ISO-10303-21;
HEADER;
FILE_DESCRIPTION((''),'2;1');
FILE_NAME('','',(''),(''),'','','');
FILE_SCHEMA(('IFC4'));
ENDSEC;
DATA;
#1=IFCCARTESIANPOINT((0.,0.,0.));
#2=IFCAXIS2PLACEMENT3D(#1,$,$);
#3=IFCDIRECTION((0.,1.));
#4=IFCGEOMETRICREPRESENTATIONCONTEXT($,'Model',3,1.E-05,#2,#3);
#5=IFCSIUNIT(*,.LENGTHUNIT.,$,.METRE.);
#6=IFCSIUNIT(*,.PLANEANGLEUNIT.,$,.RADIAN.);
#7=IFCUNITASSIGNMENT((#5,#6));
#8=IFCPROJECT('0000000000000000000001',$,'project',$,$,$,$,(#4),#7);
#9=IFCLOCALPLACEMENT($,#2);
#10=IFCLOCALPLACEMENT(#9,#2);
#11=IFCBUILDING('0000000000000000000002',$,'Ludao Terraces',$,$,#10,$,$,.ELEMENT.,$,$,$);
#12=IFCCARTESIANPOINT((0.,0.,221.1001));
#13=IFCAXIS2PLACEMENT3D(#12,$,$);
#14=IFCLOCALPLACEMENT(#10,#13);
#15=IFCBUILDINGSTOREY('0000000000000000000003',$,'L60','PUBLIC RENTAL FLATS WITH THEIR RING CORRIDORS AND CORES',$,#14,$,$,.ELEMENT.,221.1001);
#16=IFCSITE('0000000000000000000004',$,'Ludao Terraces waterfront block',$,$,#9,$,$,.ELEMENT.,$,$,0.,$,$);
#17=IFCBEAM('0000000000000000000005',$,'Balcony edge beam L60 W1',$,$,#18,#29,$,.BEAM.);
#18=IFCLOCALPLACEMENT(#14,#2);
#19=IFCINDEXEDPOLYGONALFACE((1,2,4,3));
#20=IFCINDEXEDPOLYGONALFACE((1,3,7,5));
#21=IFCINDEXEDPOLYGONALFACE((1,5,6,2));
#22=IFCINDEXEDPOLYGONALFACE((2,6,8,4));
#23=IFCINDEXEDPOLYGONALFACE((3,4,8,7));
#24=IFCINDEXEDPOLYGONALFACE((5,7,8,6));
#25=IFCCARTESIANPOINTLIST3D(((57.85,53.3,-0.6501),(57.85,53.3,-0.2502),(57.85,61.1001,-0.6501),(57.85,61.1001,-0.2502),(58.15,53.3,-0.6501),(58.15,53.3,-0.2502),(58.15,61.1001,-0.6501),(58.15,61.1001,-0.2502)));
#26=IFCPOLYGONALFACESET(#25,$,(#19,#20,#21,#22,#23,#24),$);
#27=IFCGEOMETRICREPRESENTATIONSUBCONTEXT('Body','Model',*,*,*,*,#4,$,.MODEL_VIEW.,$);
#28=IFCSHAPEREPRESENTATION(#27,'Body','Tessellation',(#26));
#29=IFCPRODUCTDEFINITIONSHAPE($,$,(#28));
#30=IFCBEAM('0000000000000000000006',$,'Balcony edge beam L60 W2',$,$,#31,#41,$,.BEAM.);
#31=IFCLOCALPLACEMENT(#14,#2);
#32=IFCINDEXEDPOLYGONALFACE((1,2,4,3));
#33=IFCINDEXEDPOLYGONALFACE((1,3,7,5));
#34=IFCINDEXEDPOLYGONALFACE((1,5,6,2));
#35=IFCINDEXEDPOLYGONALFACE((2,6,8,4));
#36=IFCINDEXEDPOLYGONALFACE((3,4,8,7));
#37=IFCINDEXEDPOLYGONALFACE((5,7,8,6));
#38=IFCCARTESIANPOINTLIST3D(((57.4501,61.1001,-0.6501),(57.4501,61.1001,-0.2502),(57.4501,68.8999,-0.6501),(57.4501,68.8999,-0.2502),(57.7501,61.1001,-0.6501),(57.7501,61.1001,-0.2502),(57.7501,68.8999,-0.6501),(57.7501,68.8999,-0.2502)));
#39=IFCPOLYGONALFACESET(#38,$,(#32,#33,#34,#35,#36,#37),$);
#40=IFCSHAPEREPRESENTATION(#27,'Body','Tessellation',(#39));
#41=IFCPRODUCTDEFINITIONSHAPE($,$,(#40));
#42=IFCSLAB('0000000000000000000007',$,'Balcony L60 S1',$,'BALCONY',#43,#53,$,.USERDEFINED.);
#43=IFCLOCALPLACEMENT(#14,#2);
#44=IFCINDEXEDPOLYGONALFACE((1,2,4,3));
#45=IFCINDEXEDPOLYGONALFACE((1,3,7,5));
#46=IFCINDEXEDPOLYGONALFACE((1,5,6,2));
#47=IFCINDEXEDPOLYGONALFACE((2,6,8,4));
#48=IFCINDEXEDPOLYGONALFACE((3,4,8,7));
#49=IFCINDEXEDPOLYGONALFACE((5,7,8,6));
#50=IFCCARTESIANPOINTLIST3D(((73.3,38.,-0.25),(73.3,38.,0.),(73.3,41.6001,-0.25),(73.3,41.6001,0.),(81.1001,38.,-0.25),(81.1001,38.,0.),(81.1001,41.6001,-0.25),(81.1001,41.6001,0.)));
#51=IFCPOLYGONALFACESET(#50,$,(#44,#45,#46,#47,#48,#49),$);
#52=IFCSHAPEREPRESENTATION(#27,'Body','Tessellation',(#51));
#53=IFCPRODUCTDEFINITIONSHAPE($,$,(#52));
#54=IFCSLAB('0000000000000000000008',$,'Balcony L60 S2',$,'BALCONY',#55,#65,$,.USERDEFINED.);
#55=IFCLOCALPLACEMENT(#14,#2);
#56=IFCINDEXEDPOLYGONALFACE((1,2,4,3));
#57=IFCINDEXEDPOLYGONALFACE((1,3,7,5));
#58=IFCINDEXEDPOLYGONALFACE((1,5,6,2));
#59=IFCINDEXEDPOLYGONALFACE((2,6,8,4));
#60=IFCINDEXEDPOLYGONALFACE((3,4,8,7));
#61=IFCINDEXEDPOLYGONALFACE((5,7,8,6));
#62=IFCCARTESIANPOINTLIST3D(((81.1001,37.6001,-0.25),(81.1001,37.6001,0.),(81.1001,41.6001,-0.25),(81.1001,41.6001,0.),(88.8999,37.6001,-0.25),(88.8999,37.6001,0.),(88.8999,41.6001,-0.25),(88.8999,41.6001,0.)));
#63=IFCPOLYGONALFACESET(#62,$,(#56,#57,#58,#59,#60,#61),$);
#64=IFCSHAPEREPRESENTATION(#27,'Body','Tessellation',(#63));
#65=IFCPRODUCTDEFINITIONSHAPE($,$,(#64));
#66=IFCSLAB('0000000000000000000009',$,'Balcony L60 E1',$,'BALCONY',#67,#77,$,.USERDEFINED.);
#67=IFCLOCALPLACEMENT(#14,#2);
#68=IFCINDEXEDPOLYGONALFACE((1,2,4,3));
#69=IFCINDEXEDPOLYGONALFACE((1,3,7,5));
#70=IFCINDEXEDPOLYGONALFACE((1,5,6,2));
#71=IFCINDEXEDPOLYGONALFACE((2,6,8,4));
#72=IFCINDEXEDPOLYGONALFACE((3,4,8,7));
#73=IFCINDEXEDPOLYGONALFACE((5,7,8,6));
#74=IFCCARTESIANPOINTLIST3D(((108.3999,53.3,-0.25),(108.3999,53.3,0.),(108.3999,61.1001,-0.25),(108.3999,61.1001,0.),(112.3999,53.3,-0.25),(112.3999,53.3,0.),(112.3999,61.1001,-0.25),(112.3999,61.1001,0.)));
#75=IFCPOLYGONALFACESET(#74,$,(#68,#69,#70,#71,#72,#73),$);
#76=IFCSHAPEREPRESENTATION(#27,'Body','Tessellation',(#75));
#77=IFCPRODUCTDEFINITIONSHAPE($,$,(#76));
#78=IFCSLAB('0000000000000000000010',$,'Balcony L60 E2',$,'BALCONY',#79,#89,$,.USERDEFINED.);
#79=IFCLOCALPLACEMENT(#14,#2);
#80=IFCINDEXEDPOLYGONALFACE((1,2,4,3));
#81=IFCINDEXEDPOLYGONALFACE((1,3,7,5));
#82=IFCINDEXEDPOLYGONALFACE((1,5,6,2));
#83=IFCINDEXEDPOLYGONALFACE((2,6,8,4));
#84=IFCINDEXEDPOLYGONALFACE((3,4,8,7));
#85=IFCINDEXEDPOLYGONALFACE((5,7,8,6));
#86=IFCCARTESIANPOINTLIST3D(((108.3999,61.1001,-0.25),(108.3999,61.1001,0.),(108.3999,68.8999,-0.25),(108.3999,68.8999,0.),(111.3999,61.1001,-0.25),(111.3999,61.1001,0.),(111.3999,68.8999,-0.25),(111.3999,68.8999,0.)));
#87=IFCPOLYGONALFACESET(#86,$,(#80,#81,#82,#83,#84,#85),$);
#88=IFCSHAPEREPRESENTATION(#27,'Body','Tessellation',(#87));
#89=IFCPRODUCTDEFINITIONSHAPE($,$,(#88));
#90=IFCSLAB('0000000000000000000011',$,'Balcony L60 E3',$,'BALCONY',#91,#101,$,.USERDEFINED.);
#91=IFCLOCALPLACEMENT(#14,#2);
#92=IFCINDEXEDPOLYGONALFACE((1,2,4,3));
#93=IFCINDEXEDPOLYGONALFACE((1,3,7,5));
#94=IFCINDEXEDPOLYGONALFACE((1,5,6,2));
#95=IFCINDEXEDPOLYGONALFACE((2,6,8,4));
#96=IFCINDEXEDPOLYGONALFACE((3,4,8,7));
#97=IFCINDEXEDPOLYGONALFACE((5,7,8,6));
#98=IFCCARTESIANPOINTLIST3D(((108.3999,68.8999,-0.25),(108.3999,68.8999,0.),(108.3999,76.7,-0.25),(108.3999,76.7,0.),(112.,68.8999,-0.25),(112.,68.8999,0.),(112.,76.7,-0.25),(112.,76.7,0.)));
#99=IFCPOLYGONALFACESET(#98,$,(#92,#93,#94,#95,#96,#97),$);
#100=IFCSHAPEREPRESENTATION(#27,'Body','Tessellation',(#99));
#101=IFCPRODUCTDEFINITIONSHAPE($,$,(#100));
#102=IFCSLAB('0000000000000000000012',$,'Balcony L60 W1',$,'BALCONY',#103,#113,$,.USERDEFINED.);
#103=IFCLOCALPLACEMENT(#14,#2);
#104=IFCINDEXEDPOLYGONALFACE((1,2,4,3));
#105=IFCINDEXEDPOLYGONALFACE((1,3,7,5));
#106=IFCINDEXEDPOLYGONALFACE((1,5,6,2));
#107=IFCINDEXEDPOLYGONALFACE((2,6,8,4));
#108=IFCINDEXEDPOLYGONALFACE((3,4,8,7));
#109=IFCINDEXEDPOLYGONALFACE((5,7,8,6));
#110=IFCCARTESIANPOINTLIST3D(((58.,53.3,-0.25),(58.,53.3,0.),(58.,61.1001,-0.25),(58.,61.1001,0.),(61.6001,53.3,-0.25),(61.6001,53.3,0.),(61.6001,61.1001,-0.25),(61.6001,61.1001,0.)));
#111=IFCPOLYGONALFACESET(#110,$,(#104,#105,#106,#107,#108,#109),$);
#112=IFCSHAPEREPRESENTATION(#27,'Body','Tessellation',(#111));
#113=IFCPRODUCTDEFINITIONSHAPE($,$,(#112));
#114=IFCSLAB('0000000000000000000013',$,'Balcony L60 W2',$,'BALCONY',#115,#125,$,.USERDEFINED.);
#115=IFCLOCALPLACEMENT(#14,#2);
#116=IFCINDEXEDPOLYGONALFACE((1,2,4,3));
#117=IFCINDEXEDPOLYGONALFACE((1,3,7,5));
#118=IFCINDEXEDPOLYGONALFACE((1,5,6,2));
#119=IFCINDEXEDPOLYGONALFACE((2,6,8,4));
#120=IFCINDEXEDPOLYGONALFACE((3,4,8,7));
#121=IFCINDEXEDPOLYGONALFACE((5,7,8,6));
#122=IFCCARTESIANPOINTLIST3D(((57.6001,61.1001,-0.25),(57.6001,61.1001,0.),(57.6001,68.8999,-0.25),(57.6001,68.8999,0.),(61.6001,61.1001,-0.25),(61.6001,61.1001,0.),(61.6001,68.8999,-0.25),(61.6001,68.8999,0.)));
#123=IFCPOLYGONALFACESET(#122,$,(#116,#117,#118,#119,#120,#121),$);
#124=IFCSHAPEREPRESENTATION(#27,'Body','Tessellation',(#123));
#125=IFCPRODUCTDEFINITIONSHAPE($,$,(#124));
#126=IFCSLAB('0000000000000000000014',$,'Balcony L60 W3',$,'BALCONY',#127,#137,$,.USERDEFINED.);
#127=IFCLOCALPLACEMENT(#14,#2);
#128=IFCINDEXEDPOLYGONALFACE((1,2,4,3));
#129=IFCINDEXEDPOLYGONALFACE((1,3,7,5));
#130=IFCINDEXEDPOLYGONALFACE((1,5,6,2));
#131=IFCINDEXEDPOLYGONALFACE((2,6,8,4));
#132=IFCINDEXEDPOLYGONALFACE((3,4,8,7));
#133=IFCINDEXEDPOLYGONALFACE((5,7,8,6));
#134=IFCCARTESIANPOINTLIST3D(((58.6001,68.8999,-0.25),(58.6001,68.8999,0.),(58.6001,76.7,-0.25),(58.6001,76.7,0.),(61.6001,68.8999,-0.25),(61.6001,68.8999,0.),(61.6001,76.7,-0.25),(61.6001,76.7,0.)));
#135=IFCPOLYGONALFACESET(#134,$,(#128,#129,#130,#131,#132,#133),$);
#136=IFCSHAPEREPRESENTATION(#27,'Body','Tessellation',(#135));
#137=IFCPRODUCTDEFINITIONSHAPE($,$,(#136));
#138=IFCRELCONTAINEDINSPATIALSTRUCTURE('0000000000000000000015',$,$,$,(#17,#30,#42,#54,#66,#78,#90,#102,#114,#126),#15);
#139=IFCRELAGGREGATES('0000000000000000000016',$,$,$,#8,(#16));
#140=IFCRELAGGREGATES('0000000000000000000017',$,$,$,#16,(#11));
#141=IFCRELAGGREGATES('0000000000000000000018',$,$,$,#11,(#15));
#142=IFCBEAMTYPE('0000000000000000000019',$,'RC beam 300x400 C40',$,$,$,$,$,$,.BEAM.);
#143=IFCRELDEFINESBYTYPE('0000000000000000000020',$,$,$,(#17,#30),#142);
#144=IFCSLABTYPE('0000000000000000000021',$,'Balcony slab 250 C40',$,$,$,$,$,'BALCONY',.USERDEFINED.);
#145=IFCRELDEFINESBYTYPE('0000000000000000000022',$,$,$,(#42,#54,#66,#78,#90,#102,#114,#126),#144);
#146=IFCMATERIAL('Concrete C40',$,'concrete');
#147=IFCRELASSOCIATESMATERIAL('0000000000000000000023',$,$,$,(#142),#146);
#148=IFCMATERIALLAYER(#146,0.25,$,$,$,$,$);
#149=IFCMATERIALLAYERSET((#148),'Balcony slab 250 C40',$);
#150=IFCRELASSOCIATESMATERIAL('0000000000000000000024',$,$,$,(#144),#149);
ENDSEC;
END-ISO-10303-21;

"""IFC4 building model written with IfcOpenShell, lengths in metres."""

from ifc_helpers import new_model, si_unit, direction, frame, origin, origin_2d, place, context, subcontext, project, spatial, polyline, rectangle, outline, extrude, material, layer, layer_set, material_profile, profile_set, type_object, element, save


model = new_model("IFC4")

# Units and contexts
model_context = context("Model", 3, precision=1e-05, world=origin(), true_north=direction((0.0, 1.0)))
body_context = subcontext(model_context, "Body", "Model", "MODEL_VIEW")
ifc_project = project(units=[si_unit("LENGTHUNIT", "METRE"), si_unit("PLANEANGLEUNIT", "RADIAN")], contexts=[model_context])

# Site, building, storey
site_placement = place(None, origin())
site = spatial("IfcSite", under=ifc_project, at=site_placement, Name="Ludao Terraces waterfront block", CompositionType="ELEMENT", RefElevation=0.0)
building_placement = place(site_placement, origin())
building = spatial("IfcBuilding", under=site, at=building_placement, Name="Ludao Terraces", CompositionType="ELEMENT")
storey_placement = place(building_placement, frame((0.0, 0.0, 221.1001)))
storey = spatial("IfcBuildingStorey", under=building, at=storey_placement, Name="L60", Description="PUBLIC RENTAL FLATS WITH THEIR RING CORRIDORS AND CORES", CompositionType="ELEMENT", Elevation=221.1001)

# Beams
ifc_material_1 = material(Name="Concrete C40", Category="concrete")
ifc_material_profile = material_profile(ifc_material_1, rectangle(XDim=0.3, YDim=0.3999, at=origin_2d()), Name="300 X 400")
ifc_profile_set = profile_set([ifc_material_profile], Name="Concrete C40")
beam_type = type_object("IfcBeamType", Name="RC beam 300x400 C40", PredefinedType="BEAM", material=ifc_profile_set)
beam_1_placement = place(storey_placement, frame((58.0, 53.3, -0.4502), z_axis=(0.0, 1.0, 0.0), x_axis=(-1.0, 0.0, 0.0)))
element("IfcBeam", 1, at=beam_1_placement, inside=storey, type_object=beam_type, Name="Balcony edge beam L60 W1", PredefinedType="BEAM", context=body_context, shape_type="SweptSolid", body=[
    extrude(rectangle(XDim=0.3, YDim=0.3999, at=origin_2d()), origin(), (0.0, 0.0, 1.0), 7.8),
])
beam_2_placement = place(storey_placement, frame((57.6001, 61.1001, -0.4502), z_axis=(0.0, 1.0, 0.0), x_axis=(-1.0, 0.0, 0.0)))
element("IfcBeam", 2, at=beam_2_placement, inside=storey, type_object=beam_type, Name="Balcony edge beam L60 W2", PredefinedType="BEAM", context=body_context, shape_type="SweptSolid", body=[
    extrude(rectangle(XDim=0.3, YDim=0.3999, at=origin_2d()), origin(), (0.0, 0.0, 1.0), 7.7998),
])

# Slabs
ifc_layer_1 = layer(ifc_material_1, 0.25)
ifc_layer_set_1 = layer_set([ifc_layer_1], Name="Balcony slab 250 C40")
slab_type_1 = type_object("IfcSlabType", Name="Balcony slab 250 C40", ElementType="BALCONY", PredefinedType="USERDEFINED", material=ifc_layer_set_1)
slab_1_placement = place(storey_placement, frame((0.0, 0.0, -0.25)))
element("IfcSlab", 3, at=slab_1_placement, inside=storey, type_object=slab_type_1, Name="Balcony L60 S1", ObjectType="BALCONY", PredefinedType="USERDEFINED", context=body_context, shape_type="SweptSolid", body=[
    extrude(outline(polyline([(73.3, 38.0), (81.1001, 38.0), (81.1001, 41.6001), (73.3, 41.6001), (73.3, 38.0)])), origin(), (0.0, 0.0, 1.0), 0.25),
])
slab_2_placement = place(storey_placement, frame((0.0, 0.0, -0.25)))
element("IfcSlab", 4, at=slab_2_placement, inside=storey, type_object=slab_type_1, Name="Balcony L60 S2", ObjectType="BALCONY", PredefinedType="USERDEFINED", context=body_context, shape_type="SweptSolid", body=[
    extrude(outline(polyline([(81.1001, 37.6001), (88.8999, 37.6001), (88.8999, 41.6001), (81.1001, 41.6001), (81.1001, 37.6001)])), origin(), (0.0, 0.0, 1.0), 0.25),
])
slab_3_placement = place(storey_placement, frame((0.0, 0.0, -0.25)))
element("IfcSlab", 5, at=slab_3_placement, inside=storey, type_object=slab_type_1, Name="Balcony L60 E1", ObjectType="BALCONY", PredefinedType="USERDEFINED", context=body_context, shape_type="SweptSolid", body=[
    extrude(outline(polyline([(108.3999, 53.3), (112.3999, 53.3), (112.3999, 61.1001), (108.3999, 61.1001), (108.3999, 53.3)])), origin(), (0.0, 0.0, 1.0), 0.25),
])
slab_4_placement = place(storey_placement, frame((0.0, 0.0, -0.25)))
element("IfcSlab", 6, at=slab_4_placement, inside=storey, type_object=slab_type_1, Name="Balcony L60 E2", ObjectType="BALCONY", PredefinedType="USERDEFINED", context=body_context, shape_type="SweptSolid", body=[
    extrude(outline(polyline([(108.3999, 61.1001), (111.3999, 61.1001), (111.3999, 68.8999), (108.3999, 68.8999), (108.3999, 61.1001)])), origin(), (0.0, 0.0, 1.0), 0.25),
])
slab_5_placement = place(storey_placement, frame((0.0, 0.0, -0.25)))
element("IfcSlab", 7, at=slab_5_placement, inside=storey, type_object=slab_type_1, Name="Balcony L60 E3", ObjectType="BALCONY", PredefinedType="USERDEFINED", context=body_context, shape_type="SweptSolid", body=[
    extrude(outline(polyline([(108.3999, 68.8999), (112.0, 68.8999), (112.0, 76.7), (108.3999, 76.7), (108.3999, 68.8999)])), origin(), (0.0, 0.0, 1.0), 0.25),
])
slab_6_placement = place(storey_placement, frame((0.0, 0.0, -0.25)))
element("IfcSlab", 8, at=slab_6_placement, inside=storey, type_object=slab_type_1, Name="Balcony L60 W1", ObjectType="BALCONY", PredefinedType="USERDEFINED", context=body_context, shape_type="SweptSolid", body=[
    extrude(outline(polyline([(58.0, 53.3), (61.6001, 53.3), (61.6001, 61.1001), (58.0, 61.1001), (58.0, 53.3)])), origin(), (0.0, 0.0, 1.0), 0.25),
])
slab_7_placement = place(storey_placement, frame((0.0, 0.0, -0.25)))
element("IfcSlab", 9, at=slab_7_placement, inside=storey, type_object=slab_type_1, Name="Balcony L60 W2", ObjectType="BALCONY", PredefinedType="USERDEFINED", context=body_context, shape_type="SweptSolid", body=[
    extrude(outline(polyline([(57.6001, 61.1001), (61.6001, 61.1001), (61.6001, 68.8999), (57.6001, 68.8999), (57.6001, 61.1001)])), origin(), (0.0, 0.0, 1.0), 0.25),
])
slab_8_placement = place(storey_placement, frame((0.0, 0.0, -0.25)))
element("IfcSlab", 10, at=slab_8_placement, inside=storey, type_object=slab_type_1, Name="Balcony L60 W3", ObjectType="BALCONY", PredefinedType="USERDEFINED", context=body_context, shape_type="SweptSolid", body=[
    extrude(outline(polyline([(58.6001, 68.8999), (61.6001, 68.8999), (61.6001, 76.7), (58.6001, 76.7), (58.6001, 68.8999)])), origin(), (0.0, 0.0, 1.0), 0.25),
])

save(model, "model.ifc")
